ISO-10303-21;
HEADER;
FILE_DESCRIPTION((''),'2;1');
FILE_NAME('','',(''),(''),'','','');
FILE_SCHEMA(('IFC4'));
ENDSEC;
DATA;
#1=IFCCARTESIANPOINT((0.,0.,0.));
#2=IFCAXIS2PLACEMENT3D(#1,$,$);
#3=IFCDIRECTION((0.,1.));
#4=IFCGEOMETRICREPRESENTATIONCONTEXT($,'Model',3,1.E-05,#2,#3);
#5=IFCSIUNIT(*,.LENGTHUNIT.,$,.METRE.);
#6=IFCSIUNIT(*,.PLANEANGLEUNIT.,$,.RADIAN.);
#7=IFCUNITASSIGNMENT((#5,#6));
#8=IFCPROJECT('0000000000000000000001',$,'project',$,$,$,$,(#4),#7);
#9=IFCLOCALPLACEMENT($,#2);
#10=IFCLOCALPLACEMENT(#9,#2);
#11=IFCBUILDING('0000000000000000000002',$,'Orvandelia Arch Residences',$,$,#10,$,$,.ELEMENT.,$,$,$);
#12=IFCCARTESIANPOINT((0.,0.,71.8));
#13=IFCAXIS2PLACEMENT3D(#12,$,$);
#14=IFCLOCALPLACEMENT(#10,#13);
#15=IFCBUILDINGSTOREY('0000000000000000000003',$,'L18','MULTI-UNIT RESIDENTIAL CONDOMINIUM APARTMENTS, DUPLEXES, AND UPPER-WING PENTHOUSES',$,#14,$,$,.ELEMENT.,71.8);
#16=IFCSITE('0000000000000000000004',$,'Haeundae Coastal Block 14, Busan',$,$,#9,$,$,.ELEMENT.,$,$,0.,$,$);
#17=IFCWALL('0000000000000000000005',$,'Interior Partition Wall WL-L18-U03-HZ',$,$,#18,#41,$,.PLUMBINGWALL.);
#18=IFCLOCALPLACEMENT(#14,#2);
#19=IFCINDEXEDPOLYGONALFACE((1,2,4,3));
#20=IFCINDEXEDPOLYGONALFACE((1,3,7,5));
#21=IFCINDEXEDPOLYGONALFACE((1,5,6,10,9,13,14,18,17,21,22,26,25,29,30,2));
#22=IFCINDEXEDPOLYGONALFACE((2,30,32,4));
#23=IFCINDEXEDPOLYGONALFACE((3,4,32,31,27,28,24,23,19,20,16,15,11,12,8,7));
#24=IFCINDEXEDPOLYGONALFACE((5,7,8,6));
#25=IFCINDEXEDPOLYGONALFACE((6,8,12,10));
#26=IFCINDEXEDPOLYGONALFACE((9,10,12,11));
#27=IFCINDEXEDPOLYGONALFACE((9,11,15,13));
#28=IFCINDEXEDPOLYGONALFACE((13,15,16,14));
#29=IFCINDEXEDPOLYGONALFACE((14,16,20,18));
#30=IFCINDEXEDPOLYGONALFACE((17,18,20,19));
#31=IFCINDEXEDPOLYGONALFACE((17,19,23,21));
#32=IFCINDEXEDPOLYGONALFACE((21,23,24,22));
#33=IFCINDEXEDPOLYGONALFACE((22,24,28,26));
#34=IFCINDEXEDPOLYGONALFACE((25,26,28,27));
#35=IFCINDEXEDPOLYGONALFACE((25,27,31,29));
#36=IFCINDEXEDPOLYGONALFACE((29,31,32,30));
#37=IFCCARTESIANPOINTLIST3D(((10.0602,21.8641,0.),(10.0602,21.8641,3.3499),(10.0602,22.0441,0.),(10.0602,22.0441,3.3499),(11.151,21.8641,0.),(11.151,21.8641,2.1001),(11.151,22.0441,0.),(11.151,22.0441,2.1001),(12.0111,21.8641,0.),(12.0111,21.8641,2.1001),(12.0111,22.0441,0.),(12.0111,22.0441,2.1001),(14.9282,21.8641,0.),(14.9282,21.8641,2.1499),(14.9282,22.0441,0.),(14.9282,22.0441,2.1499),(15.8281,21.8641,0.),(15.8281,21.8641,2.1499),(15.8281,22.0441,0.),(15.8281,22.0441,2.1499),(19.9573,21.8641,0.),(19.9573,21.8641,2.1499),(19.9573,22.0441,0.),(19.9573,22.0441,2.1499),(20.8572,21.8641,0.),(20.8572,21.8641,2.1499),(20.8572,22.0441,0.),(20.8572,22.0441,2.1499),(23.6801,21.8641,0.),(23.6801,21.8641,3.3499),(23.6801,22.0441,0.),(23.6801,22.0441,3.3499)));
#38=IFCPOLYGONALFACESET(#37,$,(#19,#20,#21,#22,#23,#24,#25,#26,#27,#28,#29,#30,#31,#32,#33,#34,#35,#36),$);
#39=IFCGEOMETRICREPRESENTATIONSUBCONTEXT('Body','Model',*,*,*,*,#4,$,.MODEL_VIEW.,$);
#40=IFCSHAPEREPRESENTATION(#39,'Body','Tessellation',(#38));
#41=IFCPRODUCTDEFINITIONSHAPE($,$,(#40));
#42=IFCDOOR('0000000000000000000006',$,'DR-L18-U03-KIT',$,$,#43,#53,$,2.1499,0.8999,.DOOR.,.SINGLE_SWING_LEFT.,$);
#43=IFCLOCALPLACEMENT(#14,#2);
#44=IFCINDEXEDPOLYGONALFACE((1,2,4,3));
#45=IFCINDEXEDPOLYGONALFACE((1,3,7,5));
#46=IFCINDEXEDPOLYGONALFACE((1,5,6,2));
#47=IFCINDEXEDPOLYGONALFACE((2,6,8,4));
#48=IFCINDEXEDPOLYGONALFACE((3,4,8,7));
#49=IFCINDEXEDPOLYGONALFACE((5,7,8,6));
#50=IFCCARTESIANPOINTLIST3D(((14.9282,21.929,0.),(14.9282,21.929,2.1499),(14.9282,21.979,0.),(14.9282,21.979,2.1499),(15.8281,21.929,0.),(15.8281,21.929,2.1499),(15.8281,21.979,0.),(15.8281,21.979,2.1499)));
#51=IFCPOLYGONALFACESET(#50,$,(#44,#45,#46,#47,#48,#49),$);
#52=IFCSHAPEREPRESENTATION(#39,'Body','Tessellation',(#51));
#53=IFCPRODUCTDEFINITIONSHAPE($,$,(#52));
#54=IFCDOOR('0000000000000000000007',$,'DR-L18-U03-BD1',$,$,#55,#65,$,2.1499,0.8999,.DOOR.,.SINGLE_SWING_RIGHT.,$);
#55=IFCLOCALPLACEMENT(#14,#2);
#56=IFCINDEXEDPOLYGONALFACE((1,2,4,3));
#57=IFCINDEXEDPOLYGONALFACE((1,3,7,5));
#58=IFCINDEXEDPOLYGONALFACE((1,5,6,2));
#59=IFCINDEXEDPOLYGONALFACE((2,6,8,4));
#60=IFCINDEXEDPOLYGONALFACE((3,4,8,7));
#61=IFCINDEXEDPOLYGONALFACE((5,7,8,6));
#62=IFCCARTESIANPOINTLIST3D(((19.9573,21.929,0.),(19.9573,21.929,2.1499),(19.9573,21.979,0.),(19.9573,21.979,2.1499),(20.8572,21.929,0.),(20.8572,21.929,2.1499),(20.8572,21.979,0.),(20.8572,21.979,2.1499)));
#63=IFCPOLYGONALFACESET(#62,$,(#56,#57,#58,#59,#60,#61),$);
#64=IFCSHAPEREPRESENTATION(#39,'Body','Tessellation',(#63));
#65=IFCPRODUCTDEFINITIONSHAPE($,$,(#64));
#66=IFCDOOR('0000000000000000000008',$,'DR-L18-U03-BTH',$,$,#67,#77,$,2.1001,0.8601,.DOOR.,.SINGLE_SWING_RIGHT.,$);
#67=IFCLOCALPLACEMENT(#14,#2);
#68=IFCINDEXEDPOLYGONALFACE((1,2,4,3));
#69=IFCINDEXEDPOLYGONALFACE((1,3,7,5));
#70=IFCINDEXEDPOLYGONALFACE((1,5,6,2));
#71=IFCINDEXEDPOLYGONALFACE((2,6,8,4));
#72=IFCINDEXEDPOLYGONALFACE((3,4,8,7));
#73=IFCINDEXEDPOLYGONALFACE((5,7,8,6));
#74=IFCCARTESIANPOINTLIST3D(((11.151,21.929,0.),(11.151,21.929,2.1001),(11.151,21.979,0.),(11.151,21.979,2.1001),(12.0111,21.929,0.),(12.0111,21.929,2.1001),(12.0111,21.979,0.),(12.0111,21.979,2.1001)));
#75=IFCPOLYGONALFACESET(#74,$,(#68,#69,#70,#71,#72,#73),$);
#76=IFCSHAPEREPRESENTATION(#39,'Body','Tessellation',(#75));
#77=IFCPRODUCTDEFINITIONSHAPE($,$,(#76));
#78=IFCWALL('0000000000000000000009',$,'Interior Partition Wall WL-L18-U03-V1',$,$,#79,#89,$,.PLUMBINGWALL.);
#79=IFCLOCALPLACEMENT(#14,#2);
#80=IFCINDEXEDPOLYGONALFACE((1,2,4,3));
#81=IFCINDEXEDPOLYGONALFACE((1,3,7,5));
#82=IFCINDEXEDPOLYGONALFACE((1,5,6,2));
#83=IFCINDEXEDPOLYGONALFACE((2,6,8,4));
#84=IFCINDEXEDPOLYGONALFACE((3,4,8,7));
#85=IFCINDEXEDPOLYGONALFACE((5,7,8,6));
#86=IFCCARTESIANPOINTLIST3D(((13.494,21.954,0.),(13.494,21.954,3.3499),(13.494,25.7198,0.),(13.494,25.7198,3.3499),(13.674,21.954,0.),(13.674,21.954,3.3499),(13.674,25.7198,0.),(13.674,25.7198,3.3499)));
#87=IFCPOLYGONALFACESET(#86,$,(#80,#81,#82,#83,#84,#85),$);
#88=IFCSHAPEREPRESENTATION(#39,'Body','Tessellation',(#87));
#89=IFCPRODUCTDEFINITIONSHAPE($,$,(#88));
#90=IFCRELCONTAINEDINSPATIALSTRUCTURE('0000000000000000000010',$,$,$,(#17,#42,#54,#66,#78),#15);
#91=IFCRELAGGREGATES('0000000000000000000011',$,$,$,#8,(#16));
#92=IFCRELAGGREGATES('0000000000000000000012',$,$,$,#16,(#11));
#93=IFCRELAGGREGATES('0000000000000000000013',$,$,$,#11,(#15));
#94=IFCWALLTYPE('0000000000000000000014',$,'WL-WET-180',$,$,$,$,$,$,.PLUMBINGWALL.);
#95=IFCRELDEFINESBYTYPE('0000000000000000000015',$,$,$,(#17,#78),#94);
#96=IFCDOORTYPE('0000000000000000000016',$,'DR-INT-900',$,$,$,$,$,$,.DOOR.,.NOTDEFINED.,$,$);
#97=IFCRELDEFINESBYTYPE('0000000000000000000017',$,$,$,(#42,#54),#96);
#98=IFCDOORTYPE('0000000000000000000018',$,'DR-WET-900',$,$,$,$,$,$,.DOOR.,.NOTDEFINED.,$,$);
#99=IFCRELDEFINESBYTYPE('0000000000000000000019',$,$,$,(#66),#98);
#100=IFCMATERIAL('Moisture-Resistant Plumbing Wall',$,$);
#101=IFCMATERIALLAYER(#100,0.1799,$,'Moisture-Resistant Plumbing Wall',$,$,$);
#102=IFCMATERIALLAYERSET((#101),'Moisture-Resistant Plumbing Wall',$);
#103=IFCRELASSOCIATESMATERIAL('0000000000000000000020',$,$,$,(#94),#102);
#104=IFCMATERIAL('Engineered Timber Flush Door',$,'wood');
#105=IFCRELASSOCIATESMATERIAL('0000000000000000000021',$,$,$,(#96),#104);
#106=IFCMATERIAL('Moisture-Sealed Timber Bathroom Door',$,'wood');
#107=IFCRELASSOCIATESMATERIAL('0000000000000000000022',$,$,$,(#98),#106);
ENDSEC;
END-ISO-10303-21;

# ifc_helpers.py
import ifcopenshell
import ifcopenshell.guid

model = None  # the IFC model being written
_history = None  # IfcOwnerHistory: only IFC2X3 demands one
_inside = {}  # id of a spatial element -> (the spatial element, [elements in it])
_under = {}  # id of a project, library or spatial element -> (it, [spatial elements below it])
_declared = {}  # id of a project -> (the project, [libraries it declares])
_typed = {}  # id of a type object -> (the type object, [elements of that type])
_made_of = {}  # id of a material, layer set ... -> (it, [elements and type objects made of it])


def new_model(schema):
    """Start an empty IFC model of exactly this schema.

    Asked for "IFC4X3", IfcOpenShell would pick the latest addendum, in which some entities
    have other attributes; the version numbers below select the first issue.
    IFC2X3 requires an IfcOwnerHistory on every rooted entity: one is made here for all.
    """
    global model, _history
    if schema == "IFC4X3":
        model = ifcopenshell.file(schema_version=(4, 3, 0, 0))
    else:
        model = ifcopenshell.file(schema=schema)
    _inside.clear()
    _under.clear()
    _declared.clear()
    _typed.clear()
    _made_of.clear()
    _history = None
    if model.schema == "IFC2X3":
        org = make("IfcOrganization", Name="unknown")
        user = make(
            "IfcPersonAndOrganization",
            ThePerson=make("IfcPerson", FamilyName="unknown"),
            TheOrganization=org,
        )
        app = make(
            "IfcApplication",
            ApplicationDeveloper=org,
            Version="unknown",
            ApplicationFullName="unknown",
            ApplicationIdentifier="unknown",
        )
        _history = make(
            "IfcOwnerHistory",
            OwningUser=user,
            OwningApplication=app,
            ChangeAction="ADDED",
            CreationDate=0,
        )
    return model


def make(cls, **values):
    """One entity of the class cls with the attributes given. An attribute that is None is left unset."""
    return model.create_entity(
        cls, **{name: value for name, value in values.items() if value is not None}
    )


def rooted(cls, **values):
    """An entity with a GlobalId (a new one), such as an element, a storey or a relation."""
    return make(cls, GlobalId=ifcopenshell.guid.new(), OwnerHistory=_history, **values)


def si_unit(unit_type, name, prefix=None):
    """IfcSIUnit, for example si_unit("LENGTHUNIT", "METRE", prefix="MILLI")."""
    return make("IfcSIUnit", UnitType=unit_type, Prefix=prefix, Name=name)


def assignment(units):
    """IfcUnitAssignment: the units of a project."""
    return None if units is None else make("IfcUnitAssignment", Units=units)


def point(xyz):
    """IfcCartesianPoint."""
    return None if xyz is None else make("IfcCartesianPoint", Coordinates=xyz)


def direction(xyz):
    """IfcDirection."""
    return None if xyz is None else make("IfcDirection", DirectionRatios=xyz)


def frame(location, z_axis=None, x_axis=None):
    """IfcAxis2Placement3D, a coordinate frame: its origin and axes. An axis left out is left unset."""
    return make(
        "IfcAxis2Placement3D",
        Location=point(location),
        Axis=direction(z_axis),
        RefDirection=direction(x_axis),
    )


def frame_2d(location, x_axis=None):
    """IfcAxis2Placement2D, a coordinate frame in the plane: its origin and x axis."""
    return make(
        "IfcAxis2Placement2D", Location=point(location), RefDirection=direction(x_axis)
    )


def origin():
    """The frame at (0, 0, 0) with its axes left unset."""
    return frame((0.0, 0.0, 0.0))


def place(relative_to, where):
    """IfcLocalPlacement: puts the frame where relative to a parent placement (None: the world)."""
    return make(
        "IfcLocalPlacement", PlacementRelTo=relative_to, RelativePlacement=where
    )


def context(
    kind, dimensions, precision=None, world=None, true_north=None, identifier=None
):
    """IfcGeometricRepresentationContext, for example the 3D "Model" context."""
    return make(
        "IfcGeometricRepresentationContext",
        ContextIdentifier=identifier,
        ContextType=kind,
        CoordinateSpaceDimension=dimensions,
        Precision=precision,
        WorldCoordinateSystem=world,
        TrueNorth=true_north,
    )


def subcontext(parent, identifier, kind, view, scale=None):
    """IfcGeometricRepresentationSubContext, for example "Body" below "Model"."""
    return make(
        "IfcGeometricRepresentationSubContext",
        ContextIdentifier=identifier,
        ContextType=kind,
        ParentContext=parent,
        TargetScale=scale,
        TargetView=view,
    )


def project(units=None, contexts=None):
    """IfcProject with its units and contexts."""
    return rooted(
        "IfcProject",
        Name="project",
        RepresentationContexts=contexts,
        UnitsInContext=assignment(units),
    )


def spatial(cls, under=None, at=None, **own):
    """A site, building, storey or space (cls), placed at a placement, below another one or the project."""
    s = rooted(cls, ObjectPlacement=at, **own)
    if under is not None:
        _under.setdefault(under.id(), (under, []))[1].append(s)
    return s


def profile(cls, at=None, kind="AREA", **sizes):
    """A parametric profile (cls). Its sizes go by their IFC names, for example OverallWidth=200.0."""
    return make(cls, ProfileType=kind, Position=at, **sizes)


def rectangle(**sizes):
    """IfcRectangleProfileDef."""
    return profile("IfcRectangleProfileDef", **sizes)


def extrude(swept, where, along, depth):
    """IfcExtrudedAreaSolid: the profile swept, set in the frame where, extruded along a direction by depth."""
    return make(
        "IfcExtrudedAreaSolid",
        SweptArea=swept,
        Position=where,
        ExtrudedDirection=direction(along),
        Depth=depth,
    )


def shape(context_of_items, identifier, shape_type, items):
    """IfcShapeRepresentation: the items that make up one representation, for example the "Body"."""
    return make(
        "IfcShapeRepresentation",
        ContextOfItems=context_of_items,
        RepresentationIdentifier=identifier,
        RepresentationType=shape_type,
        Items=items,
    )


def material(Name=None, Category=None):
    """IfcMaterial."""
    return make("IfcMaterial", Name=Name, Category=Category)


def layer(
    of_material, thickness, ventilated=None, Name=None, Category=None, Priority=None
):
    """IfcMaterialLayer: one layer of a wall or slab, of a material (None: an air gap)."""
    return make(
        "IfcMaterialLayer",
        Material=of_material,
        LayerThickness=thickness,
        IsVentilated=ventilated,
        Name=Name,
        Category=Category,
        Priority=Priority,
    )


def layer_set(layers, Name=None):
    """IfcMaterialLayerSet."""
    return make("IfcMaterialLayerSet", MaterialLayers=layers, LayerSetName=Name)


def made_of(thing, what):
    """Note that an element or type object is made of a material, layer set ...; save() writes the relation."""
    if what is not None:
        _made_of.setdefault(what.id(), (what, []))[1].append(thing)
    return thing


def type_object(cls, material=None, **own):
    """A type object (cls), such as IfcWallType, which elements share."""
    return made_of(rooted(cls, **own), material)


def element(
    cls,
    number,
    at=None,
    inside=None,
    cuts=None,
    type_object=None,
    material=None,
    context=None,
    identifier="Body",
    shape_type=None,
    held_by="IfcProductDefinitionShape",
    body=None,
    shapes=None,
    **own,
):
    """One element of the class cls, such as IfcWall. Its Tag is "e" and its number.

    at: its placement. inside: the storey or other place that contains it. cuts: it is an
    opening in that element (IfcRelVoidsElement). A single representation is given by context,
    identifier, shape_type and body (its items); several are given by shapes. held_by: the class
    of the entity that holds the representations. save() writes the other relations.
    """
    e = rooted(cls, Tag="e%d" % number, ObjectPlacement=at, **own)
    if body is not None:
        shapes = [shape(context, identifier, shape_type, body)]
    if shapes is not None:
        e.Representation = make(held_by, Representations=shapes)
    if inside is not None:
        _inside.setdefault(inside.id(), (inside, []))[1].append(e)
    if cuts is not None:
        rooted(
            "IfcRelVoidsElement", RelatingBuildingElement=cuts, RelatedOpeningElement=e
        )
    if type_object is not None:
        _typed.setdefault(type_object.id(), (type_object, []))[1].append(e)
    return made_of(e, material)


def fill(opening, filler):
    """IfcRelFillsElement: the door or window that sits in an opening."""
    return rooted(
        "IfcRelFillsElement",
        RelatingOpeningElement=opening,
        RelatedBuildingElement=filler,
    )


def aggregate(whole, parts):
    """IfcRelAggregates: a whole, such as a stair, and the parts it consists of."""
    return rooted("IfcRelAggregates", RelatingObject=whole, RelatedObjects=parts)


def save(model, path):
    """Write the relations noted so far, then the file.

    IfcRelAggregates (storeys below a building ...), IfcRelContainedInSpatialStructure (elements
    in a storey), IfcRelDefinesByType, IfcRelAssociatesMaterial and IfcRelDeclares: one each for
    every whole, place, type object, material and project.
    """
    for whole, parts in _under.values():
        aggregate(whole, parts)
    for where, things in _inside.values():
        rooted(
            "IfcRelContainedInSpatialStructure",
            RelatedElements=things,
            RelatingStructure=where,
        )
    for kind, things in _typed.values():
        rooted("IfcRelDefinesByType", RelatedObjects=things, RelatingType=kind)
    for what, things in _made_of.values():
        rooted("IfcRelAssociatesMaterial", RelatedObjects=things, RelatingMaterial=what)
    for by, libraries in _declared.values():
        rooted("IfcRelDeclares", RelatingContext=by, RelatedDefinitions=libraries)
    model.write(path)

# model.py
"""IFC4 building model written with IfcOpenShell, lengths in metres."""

from ifc_helpers import new_model, si_unit, direction, frame, frame_2d, origin, place, context, subcontext, project, spatial, rectangle, extrude, material, layer, layer_set, type_object, element, fill, save


model = new_model("IFC4")

# Units and contexts
model_context = context("Model", 3, precision=1e-05, world=origin(), true_north=direction((0.0, 1.0)))
body_context = subcontext(model_context, "Body", "Model", "MODEL_VIEW")
ifc_project = project(units=[si_unit("LENGTHUNIT", "METRE"), si_unit("PLANEANGLEUNIT", "RADIAN")], contexts=[model_context])

# Site, building, storey
site_placement = place(None, origin())
site = spatial("IfcSite", under=ifc_project, at=site_placement, Name="Haeundae Coastal Block 14, Busan", CompositionType="ELEMENT", RefElevation=0.0)
building_placement = place(site_placement, origin())
building = spatial("IfcBuilding", under=site, at=building_placement, Name="Orvandelia Arch Residences", CompositionType="ELEMENT")
storey_placement = place(building_placement, frame((0.0, 0.0, 71.8)))
storey = spatial("IfcBuildingStorey", under=building, at=storey_placement, Name="L18", Description="MULTI-UNIT RESIDENTIAL CONDOMINIUM APARTMENTS, DUPLEXES, AND UPPER-WING PENTHOUSES", CompositionType="ELEMENT", Elevation=71.8)

# Wall, openings, doors
ifc_material_1 = material(Name="Moisture-Resistant Plumbing Wall")
ifc_layer_1 = layer(ifc_material_1, 0.1799, Name="Moisture-Resistant Plumbing Wall")
ifc_layer_set_1 = layer_set([ifc_layer_1], Name="Moisture-Resistant Plumbing Wall")
wall_type_1 = type_object("IfcWallType", Name="WL-WET-180", PredefinedType="PLUMBINGWALL", material=ifc_layer_set_1)
wall_1_placement = place(storey_placement, frame((10.0601, 21.9541, 0.0), z_axis=(0.0, 0.0, 1.0), x_axis=(1.0, 0.0, 0.0)))
wall_1 = element("IfcWall", 1, at=wall_1_placement, inside=storey, type_object=wall_type_1, Name="Interior Partition Wall WL-L18-U03-HZ", PredefinedType="PLUMBINGWALL", context=body_context, shape_type="SweptSolid", body=[
    extrude(rectangle(XDim=13.6199, YDim=0.1799, at=frame_2d((6.8101, 0.0))), origin(), (0.0, 0.0, 1.0), 3.3499),
])
opening_1_placement = place(wall_1_placement, frame((1.0908, 0.0, 0.0)))
opening_1 = element("IfcOpeningElement", 2, at=opening_1_placement, cuts=wall_1, PredefinedType="OPENING", context=body_context, shape_type="SweptSolid", body=[
    extrude(rectangle(XDim=0.8601, YDim=2.1001, at=frame_2d((0.4302, 1.05))), frame((0.0, 0.1001, 0.0), z_axis=(0.0, -1.0, 0.0), x_axis=(1.0, 0.0, 0.0)), (0.0, 0.0, 1.0), 0.2),
])
opening_2_placement = place(wall_1_placement, frame((4.8682, 0.0, 0.0)))
opening_2 = element("IfcOpeningElement", 3, at=opening_2_placement, cuts=wall_1, PredefinedType="OPENING", context=body_context, shape_type="SweptSolid", body=[
    extrude(rectangle(XDim=0.8999, YDim=2.1499, at=frame_2d((0.45, 1.075))), frame((0.0, 0.1001, 0.0), z_axis=(0.0, -1.0, 0.0), x_axis=(1.0, 0.0, 0.0)), (0.0, 0.0, 1.0), 0.2),
])
opening_3_placement = place(wall_1_placement, frame((9.8972, 0.0, 0.0)))
opening_3 = element("IfcOpeningElement", 4, at=opening_3_placement, cuts=wall_1, PredefinedType="OPENING", context=body_context, shape_type="SweptSolid", body=[
    extrude(rectangle(XDim=0.8999, YDim=2.1499, at=frame_2d((0.45, 1.075))), frame((0.0, 0.1001, 0.0), z_axis=(0.0, -1.0, 0.0), x_axis=(1.0, 0.0, 0.0)), (0.0, 0.0, 1.0), 0.2),
])
ifc_material_2 = material(Name="Engineered Timber Flush Door", Category="wood")
door_type_1 = type_object("IfcDoorType", Name="DR-INT-900", OperationType="NOTDEFINED", PredefinedType="DOOR", material=ifc_material_2)
door_1_placement = place(opening_2_placement, origin())
door_1 = element("IfcDoor", 5, at=door_1_placement, inside=storey, type_object=door_type_1, Name="DR-L18-U03-KIT", OperationType="SINGLE_SWING_LEFT", OverallHeight=2.1499, OverallWidth=0.8999, PredefinedType="DOOR", context=body_context, shape_type="SweptSolid", body=[
    extrude(rectangle(XDim=0.8999, YDim=2.1499, at=frame_2d((0.45, 1.075))), frame((0.0, 0.0249, 0.0), z_axis=(0.0, -1.0, 0.0), x_axis=(1.0, 0.0, 0.0)), (0.0, 0.0, 1.0), 0.05),
])
fill(opening_2, door_1)
door_2_placement = place(opening_3_placement, origin())
door_2 = element("IfcDoor", 6, at=door_2_placement, inside=storey, type_object=door_type_1, Name="DR-L18-U03-BD1", OperationType="SINGLE_SWING_RIGHT", OverallHeight=2.1499, OverallWidth=0.8999, PredefinedType="DOOR", context=body_context, shape_type="SweptSolid", body=[
    extrude(rectangle(XDim=0.8999, YDim=2.1499, at=frame_2d((0.45, 1.075))), frame((0.0, 0.0249, 0.0), z_axis=(0.0, -1.0, 0.0), x_axis=(1.0, 0.0, 0.0)), (0.0, 0.0, 1.0), 0.05),
])
fill(opening_3, door_2)
ifc_material_3 = material(Name="Moisture-Sealed Timber Bathroom Door", Category="wood")
door_type_2 = type_object("IfcDoorType", Name="DR-WET-900", OperationType="NOTDEFINED", PredefinedType="DOOR", material=ifc_material_3)
door_3_placement = place(opening_1_placement, origin())
door_3 = element("IfcDoor", 7, at=door_3_placement, inside=storey, type_object=door_type_2, Name="DR-L18-U03-BTH", OperationType="SINGLE_SWING_RIGHT", OverallHeight=2.1001, OverallWidth=0.8601, PredefinedType="DOOR", context=body_context, shape_type="SweptSolid", body=[
    extrude(rectangle(XDim=0.8601, YDim=2.1001, at=frame_2d((0.4302, 1.05))), frame((0.0, 0.0249, 0.0), z_axis=(0.0, -1.0, 0.0), x_axis=(1.0, 0.0, 0.0)), (0.0, 0.0, 1.0), 0.05),
])
fill(opening_1, door_3)

# Wall
wall_2_placement = place(storey_placement, frame((13.584, 21.9541, 0.0), z_axis=(0.0, 0.0, 1.0), x_axis=(0.0, 1.0, 0.0)))
element("IfcWall", 8, at=wall_2_placement, inside=storey, type_object=wall_type_1, Name="Interior Partition Wall WL-L18-U03-V1", PredefinedType="PLUMBINGWALL", context=body_context, shape_type="SweptSolid", body=[
    extrude(rectangle(XDim=3.7659, YDim=0.1799, at=frame_2d((1.8828, 0.0))), origin(), (0.0, 0.0, 1.0), 3.3499),
])

save(model, "model.ifc")
